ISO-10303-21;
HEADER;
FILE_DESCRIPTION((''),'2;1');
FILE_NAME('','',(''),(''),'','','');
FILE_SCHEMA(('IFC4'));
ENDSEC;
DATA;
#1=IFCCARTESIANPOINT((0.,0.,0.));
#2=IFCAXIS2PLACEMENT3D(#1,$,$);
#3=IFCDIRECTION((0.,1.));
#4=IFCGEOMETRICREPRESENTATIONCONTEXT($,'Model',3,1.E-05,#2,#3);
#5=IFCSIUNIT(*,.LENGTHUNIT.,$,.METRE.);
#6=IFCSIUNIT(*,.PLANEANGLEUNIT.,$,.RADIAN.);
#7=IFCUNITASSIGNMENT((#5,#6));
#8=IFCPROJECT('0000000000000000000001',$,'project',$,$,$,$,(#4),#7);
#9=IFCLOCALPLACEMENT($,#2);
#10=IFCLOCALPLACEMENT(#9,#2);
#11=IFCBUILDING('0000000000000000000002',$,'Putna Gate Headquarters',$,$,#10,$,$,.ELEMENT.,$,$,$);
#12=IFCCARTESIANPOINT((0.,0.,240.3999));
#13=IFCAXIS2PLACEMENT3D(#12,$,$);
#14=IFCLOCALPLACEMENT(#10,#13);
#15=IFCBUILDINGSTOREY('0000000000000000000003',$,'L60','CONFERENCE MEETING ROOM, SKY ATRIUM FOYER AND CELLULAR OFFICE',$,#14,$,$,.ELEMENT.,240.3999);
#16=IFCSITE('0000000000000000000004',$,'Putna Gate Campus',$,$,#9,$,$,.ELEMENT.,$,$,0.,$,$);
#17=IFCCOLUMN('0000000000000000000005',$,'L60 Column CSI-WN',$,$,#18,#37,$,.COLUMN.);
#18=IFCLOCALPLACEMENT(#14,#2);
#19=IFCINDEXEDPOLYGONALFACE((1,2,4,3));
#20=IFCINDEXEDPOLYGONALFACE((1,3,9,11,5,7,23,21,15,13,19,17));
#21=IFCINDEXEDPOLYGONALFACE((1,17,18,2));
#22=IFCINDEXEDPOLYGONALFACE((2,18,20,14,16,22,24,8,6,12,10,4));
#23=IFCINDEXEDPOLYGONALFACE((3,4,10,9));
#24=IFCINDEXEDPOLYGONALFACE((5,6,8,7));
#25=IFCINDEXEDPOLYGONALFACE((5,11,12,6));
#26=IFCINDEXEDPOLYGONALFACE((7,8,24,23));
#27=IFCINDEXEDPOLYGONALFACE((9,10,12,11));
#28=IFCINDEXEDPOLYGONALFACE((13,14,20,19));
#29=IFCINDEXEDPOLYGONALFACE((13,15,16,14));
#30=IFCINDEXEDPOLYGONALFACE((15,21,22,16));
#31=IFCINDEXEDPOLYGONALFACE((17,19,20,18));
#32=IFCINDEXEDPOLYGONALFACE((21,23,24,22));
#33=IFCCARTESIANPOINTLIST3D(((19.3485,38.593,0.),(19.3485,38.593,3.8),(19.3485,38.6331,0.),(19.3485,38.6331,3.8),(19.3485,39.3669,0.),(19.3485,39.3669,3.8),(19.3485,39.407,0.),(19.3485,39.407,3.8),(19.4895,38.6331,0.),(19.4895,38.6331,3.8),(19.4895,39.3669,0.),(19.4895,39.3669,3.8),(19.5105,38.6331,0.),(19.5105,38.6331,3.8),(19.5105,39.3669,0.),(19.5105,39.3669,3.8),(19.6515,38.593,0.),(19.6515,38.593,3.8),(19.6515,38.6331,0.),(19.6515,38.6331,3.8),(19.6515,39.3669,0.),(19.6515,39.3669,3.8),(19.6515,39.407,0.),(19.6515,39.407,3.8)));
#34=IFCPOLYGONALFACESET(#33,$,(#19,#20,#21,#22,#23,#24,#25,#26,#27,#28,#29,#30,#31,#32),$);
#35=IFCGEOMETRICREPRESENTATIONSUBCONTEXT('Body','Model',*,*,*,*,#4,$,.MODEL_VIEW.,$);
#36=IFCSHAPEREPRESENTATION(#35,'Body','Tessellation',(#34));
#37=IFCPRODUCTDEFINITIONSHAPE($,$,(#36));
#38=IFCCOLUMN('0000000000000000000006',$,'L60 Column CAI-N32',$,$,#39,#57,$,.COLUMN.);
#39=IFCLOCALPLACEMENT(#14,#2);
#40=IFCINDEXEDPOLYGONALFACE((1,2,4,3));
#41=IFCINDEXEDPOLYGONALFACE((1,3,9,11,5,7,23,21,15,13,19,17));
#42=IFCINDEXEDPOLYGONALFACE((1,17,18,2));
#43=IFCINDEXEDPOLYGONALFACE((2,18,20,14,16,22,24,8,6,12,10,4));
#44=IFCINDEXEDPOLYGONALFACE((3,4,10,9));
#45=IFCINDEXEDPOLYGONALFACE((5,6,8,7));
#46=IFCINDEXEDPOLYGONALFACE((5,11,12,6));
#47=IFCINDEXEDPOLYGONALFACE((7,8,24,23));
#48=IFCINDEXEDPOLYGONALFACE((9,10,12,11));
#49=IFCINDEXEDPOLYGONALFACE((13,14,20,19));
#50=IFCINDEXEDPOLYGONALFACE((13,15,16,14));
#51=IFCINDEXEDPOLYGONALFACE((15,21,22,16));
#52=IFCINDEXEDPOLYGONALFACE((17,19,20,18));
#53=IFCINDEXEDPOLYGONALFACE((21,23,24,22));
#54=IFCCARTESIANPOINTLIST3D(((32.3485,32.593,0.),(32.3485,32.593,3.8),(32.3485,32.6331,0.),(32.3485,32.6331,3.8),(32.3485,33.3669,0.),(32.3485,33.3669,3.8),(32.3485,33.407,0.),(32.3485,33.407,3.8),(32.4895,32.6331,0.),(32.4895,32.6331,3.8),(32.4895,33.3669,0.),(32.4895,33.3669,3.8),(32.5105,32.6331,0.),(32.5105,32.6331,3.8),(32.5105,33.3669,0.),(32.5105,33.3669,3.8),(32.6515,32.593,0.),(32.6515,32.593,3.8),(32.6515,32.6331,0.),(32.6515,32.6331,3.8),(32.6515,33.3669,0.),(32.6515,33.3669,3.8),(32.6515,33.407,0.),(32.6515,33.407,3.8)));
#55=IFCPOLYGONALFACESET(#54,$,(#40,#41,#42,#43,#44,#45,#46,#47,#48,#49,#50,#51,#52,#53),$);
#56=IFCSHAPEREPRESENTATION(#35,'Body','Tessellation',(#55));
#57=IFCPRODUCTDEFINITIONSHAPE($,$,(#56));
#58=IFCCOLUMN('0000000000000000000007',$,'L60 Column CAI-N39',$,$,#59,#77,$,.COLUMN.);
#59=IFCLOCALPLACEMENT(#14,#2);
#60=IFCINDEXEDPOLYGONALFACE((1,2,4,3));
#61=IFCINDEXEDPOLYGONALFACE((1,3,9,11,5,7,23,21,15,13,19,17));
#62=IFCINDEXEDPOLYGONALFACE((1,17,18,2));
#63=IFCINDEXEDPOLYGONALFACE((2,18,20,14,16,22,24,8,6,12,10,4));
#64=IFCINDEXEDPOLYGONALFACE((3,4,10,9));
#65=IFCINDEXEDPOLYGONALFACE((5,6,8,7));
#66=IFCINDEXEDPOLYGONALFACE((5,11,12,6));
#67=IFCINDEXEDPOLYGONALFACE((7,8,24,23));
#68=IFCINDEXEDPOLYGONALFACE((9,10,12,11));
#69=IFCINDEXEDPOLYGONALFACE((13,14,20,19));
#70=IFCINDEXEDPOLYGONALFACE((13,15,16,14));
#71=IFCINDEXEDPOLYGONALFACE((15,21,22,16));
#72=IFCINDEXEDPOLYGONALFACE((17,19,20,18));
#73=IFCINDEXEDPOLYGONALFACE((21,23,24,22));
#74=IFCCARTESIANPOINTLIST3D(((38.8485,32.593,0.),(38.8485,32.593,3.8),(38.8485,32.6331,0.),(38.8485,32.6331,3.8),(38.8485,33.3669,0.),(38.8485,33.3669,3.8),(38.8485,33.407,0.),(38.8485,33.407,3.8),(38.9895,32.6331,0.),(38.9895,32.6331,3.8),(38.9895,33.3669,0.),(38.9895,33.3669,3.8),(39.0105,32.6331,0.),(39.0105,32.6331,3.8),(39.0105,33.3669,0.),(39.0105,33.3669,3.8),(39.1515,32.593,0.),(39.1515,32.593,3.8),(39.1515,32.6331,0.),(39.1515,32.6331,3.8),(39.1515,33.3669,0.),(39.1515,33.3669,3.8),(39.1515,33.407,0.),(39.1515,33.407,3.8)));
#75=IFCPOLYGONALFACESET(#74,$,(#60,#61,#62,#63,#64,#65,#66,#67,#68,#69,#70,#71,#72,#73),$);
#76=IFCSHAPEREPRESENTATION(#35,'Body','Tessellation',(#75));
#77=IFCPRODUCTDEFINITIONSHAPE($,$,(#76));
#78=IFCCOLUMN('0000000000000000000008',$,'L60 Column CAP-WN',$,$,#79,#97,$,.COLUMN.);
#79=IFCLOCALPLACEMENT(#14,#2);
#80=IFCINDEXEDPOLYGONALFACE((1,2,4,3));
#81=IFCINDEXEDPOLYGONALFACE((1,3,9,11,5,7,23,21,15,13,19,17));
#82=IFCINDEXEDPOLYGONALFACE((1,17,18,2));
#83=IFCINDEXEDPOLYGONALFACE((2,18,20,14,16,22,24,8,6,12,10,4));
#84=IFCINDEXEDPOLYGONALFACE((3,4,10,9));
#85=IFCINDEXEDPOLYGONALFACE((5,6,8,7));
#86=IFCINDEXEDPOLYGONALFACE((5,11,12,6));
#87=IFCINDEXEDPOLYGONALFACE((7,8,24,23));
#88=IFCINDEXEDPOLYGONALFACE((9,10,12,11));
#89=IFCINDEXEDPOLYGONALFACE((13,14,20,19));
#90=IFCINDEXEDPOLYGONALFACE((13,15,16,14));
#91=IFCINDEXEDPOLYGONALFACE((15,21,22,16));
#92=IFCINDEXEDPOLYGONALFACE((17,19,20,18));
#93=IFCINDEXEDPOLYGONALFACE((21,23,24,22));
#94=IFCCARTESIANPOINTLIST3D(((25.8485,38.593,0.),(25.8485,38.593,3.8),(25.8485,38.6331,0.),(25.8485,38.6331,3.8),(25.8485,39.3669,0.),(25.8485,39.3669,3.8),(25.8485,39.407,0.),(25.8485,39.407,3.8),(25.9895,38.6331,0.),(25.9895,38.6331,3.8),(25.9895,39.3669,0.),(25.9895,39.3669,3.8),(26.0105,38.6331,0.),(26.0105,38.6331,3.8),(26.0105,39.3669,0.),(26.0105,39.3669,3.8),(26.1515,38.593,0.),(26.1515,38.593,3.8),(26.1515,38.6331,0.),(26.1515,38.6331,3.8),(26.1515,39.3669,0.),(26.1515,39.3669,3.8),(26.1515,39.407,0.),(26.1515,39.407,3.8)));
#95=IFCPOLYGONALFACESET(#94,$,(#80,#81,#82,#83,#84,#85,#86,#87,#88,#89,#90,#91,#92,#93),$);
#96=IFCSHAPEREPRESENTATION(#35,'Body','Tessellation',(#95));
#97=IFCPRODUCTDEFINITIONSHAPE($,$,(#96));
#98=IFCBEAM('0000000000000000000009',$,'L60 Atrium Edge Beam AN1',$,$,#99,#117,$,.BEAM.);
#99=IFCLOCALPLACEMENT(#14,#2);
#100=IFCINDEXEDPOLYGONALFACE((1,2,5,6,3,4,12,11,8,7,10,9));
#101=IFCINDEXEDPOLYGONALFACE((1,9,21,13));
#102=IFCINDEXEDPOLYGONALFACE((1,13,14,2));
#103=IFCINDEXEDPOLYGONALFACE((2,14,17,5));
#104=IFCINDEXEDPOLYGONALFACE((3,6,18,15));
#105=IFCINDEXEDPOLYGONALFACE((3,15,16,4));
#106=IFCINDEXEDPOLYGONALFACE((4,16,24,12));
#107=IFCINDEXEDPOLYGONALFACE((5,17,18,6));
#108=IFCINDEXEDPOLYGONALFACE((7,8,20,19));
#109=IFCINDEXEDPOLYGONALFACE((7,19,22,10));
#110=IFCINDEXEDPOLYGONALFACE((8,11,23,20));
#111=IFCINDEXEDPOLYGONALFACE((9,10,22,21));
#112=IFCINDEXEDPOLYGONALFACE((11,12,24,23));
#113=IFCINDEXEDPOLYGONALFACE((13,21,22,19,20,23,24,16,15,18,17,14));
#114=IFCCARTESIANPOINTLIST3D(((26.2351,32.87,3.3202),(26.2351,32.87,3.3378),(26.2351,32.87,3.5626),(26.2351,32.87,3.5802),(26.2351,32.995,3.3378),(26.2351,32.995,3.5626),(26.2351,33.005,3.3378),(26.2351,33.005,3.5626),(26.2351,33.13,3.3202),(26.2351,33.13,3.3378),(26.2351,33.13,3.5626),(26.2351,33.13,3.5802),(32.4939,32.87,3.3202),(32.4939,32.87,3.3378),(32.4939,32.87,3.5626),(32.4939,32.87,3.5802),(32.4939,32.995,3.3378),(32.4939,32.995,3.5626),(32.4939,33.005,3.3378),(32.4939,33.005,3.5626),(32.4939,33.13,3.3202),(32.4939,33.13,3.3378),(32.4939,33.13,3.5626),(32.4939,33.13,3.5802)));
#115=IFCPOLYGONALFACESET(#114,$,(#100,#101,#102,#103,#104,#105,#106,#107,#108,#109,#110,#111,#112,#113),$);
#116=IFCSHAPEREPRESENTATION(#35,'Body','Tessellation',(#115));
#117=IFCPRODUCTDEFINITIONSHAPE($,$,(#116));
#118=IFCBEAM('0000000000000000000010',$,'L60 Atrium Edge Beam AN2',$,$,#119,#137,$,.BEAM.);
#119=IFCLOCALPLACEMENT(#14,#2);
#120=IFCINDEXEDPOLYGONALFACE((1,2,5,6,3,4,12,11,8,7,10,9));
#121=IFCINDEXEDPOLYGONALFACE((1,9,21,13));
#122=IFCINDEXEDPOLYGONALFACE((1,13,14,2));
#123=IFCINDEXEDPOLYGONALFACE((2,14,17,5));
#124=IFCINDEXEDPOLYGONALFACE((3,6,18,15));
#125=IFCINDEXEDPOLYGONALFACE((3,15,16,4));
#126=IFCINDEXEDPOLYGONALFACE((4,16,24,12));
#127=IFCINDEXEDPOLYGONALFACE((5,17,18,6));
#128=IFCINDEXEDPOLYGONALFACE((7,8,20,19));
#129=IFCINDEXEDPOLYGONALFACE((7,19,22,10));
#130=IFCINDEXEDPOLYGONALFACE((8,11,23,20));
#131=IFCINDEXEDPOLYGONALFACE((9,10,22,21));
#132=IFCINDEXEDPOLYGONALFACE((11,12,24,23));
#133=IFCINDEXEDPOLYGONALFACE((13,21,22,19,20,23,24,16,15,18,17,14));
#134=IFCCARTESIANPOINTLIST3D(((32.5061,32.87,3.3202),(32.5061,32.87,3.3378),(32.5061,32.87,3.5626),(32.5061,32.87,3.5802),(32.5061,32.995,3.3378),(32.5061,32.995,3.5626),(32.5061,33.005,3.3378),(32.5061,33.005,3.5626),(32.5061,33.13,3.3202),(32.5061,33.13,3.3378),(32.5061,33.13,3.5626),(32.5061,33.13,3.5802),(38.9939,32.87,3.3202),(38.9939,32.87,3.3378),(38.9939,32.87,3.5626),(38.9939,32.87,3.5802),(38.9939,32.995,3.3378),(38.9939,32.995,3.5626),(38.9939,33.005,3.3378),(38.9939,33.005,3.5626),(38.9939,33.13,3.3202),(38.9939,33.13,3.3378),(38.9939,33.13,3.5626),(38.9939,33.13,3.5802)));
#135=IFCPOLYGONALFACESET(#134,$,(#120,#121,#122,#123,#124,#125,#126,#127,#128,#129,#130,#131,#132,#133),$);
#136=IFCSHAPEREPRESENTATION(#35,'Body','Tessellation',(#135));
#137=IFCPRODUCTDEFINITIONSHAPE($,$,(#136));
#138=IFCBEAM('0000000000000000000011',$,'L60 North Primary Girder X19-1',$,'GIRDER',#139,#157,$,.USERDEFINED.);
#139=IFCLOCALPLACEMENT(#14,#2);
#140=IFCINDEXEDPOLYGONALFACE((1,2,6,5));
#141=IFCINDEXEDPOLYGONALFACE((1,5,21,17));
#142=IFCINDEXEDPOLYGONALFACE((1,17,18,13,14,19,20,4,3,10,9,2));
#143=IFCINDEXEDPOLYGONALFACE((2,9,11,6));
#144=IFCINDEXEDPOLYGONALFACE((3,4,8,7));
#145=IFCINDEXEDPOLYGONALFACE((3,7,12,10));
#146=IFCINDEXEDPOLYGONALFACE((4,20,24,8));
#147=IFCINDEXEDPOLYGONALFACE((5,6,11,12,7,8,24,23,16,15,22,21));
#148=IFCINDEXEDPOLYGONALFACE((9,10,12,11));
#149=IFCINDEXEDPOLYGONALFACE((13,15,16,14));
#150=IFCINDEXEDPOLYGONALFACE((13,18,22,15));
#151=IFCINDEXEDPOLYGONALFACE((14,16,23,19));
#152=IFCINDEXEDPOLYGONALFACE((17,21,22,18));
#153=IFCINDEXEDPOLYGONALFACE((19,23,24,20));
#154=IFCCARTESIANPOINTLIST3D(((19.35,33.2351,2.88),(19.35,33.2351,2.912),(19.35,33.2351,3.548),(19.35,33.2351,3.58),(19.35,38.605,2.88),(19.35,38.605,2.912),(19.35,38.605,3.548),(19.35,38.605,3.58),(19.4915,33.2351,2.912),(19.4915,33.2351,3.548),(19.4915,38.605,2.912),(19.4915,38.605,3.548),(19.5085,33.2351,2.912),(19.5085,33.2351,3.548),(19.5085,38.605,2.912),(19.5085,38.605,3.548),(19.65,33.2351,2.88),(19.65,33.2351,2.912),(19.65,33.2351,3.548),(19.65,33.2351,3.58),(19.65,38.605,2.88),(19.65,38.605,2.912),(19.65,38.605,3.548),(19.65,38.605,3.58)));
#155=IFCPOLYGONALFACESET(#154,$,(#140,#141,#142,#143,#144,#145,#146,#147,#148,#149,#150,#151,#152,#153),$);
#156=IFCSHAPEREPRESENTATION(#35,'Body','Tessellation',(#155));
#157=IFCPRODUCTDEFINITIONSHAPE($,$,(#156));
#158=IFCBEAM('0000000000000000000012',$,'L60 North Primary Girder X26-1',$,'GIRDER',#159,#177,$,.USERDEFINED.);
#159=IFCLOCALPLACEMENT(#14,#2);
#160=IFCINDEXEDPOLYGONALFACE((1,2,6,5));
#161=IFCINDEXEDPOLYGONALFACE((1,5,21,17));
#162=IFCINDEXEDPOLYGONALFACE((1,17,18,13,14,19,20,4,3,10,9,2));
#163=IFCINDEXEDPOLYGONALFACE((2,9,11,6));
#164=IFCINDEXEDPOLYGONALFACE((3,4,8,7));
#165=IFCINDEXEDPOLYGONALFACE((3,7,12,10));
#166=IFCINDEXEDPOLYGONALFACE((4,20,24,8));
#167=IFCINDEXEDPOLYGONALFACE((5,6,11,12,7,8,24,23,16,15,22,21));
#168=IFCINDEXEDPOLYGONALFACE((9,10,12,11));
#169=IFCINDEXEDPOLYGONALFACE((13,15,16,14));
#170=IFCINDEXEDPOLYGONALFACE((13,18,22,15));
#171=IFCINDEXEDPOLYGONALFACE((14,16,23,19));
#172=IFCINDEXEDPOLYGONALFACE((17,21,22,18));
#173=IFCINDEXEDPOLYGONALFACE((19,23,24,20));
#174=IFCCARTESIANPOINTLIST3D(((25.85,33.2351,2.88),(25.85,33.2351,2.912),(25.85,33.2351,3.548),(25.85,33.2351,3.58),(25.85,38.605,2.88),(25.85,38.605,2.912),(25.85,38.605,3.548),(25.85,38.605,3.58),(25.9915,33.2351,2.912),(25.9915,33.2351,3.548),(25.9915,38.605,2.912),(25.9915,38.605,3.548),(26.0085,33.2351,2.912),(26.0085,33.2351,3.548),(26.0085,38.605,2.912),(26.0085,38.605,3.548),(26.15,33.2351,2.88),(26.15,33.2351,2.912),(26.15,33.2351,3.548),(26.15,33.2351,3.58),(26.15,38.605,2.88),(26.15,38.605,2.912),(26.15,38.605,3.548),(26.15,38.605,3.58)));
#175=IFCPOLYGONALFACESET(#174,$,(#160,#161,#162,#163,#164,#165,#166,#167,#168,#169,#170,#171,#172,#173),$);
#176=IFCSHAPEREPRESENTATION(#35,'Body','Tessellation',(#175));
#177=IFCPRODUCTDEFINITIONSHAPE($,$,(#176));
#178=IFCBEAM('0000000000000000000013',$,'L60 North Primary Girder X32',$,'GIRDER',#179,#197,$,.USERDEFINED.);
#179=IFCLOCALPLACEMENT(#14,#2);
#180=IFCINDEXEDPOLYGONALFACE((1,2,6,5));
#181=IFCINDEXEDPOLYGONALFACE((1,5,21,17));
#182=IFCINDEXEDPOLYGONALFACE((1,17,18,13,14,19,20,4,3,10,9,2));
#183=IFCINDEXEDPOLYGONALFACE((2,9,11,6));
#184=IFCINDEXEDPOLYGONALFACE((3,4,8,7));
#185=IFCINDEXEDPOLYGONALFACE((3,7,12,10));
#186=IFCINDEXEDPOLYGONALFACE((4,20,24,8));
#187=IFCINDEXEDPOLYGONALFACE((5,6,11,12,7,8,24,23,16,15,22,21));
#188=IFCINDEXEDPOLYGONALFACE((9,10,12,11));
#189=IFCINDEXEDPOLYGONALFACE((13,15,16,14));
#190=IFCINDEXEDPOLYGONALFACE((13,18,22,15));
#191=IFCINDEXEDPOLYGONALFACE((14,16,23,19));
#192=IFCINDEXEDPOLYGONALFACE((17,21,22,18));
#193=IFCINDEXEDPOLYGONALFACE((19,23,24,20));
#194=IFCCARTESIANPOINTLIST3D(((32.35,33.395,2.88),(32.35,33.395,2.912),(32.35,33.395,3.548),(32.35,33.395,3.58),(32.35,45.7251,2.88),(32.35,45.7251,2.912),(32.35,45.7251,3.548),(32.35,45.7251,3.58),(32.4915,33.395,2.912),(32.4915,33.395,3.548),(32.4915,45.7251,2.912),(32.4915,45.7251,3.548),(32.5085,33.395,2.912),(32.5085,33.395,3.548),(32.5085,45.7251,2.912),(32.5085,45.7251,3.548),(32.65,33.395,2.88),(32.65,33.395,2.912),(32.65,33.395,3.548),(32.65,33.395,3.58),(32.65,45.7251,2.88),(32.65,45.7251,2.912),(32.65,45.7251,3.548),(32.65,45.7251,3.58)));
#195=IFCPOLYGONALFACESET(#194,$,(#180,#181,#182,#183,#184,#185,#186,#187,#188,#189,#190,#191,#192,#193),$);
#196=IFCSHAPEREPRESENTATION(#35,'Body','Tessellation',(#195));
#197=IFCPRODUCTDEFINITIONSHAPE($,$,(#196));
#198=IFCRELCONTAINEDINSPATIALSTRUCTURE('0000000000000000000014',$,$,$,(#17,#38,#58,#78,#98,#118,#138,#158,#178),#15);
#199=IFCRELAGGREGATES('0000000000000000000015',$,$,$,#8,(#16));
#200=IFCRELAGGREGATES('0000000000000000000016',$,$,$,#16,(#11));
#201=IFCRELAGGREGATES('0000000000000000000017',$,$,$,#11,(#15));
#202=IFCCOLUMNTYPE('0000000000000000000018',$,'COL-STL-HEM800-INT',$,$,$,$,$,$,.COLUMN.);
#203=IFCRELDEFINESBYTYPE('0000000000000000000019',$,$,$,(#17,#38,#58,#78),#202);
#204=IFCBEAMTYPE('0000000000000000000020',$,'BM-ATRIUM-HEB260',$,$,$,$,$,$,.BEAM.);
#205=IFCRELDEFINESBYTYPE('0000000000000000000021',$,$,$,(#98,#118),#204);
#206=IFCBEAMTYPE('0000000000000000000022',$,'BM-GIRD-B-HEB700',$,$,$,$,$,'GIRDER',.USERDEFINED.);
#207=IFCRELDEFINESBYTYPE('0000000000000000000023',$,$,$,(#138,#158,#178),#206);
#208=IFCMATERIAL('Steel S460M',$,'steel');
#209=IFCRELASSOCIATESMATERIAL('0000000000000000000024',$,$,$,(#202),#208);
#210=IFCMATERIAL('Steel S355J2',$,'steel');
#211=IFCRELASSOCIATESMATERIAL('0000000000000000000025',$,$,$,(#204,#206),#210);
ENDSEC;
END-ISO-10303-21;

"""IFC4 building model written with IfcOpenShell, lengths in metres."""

from ifc_helpers import new_model, si_unit, direction, frame, origin, origin_2d, place, context, subcontext, project, spatial, i_section, extrude, material, material_profile, profile_set, type_object, element, save


model = new_model("IFC4")

# Units and contexts
model_context = context("Model", 3, precision=1e-05, world=origin(), true_north=direction((0.0, 1.0)))
body_context = subcontext(model_context, "Body", "Model", "MODEL_VIEW")
ifc_project = project(units=[si_unit("LENGTHUNIT", "METRE"), si_unit("PLANEANGLEUNIT", "RADIAN")], contexts=[model_context])

# Site, building, storey
site_placement = place(None, origin())
site = spatial("IfcSite", under=ifc_project, at=site_placement, Name="Putna Gate Campus", CompositionType="ELEMENT", RefElevation=0.0)
building_placement = place(site_placement, origin())
building = spatial("IfcBuilding", under=site, at=building_placement, Name="Putna Gate Headquarters", CompositionType="ELEMENT")
storey_placement = place(building_placement, frame((0.0, 0.0, 240.3999)))
storey = spatial("IfcBuildingStorey", under=building, at=storey_placement, Name="L60", Description="CONFERENCE MEETING ROOM, SKY ATRIUM FOYER AND CELLULAR OFFICE", CompositionType="ELEMENT", Elevation=240.3999)

# Columns
ifc_material_1 = material(Name="Steel S460M", Category="steel")
ifc_material_profile_1 = material_profile(ifc_material_1, i_section(OverallWidth=0.303, OverallDepth=0.814, WebThickness=0.021, FlangeThickness=0.04, at=origin_2d()), Name="Steel S460M")
ifc_profile_set_1 = profile_set([ifc_material_profile_1], Name="Steel S460M")
column_type = type_object("IfcColumnType", Name="COL-STL-HEM800-INT", PredefinedType="COLUMN", material=ifc_profile_set_1)
for number, where, z_axis, x_axis, name in (
    (1, (19.5, 39.0, 0.0), (0.0, 0.0, 1.0), (1.0, 0.0, 0.0), "L60 Column CSI-WN"),
    (2, (32.5, 33.0, 0.0), (0.0, 0.0, 1.0), (1.0, 0.0, 0.0), "L60 Column CAI-N32"),
    (3, (39.0, 33.0, 0.0), (0.0, 0.0, 1.0), (1.0, 0.0, 0.0), "L60 Column CAI-N39"),
    (4, (26.0, 39.0, 0.0), (0.0, 0.0, 1.0), (1.0, 0.0, 0.0), "L60 Column CAP-WN"),
):
    element("IfcColumn", number, at=place(storey_placement, frame(where, z_axis=z_axis, x_axis=x_axis)), inside=storey, type_object=column_type, Name=name, PredefinedType="COLUMN", context=body_context, shape_type="SweptSolid", body=[
        extrude(i_section(OverallWidth=0.303, OverallDepth=0.814, WebThickness=0.021, FlangeThickness=0.04, at=origin_2d()), origin(), (0.0, 0.0, 1.0), 3.8),
    ])

# Beams
ifc_material_2 = material(Name="Steel S355J2", Category="steel")
ifc_material_profile_2 = material_profile(ifc_material_2, i_section(OverallWidth=0.26, OverallDepth=0.26, WebThickness=0.01, FlangeThickness=0.0176, at=origin_2d()), Name="Steel S355J2")
ifc_profile_set_2 = profile_set([ifc_material_profile_2], Name="Steel S355J2")
beam_type_1 = type_object("IfcBeamType", Name="BM-ATRIUM-HEB260", PredefinedType="BEAM", material=ifc_profile_set_2)
beam_1_placement = place(storey_placement, frame((26.2351, 33.0, 3.4502), z_axis=(1.0, 0.0, 0.0), x_axis=(0.0, 1.0, 0.0)))
element("IfcBeam", 5, at=beam_1_placement, inside=storey, type_object=beam_type_1, Name="L60 Atrium Edge Beam AN1", PredefinedType="BEAM", context=body_context, shape_type="SweptSolid", body=[
    extrude(i_section(OverallWidth=0.26, OverallDepth=0.26, WebThickness=0.01, FlangeThickness=0.0176, at=origin_2d()), origin(), (0.0, 0.0, 1.0), 6.2588),
])
beam_2_placement = place(storey_placement, frame((32.5061, 33.0, 3.4502), z_axis=(1.0, 0.0, 0.0), x_axis=(0.0, 1.0, 0.0)))
element("IfcBeam", 6, at=beam_2_placement, inside=storey, type_object=beam_type_1, Name="L60 Atrium Edge Beam AN2", PredefinedType="BEAM", context=body_context, shape_type="SweptSolid", body=[
    extrude(i_section(OverallWidth=0.26, OverallDepth=0.26, WebThickness=0.01, FlangeThickness=0.0176, at=origin_2d()), origin(), (0.0, 0.0, 1.0), 6.4878),
])
ifc_material_profile_3 = material_profile(ifc_material_2, i_section(OverallWidth=0.3, OverallDepth=0.7, WebThickness=0.0171, FlangeThickness=0.032, at=origin_2d()), Name="Steel S355J2")
ifc_profile_set_3 = profile_set([ifc_material_profile_3], Name="Steel S355J2")
beam_type_2 = type_object("IfcBeamType", Name="BM-GIRD-B-HEB700", ElementType="GIRDER", PredefinedType="USERDEFINED", material=ifc_profile_set_3)
for number, where, z_axis, x_axis, name in (
    (7, (19.5, 33.2351, 3.23), (0.0, 1.0, 0.0), (-1.0, 0.0, 0.0), "L60 North Primary Girder X19-1"),
    (8, (26.0, 33.2351, 3.23), (0.0, 1.0, 0.0), (-1.0, 0.0, 0.0), "L60 North Primary Girder X26-1"),
):
    element("IfcBeam", number, at=place(storey_placement, frame(where, z_axis=z_axis, x_axis=x_axis)), inside=storey, type_object=beam_type_2, Name=name, ObjectType="GIRDER", PredefinedType="USERDEFINED", context=body_context, shape_type="SweptSolid", body=[
        extrude(i_section(OverallWidth=0.3, OverallDepth=0.7, WebThickness=0.0171, FlangeThickness=0.032, at=origin_2d()), origin(), (0.0, 0.0, 1.0), 5.3699),
    ])
beam_3_placement = place(storey_placement, frame((32.5, 33.395, 3.23), z_axis=(0.0, 1.0, 0.0), x_axis=(-1.0, 0.0, 0.0)))
element("IfcBeam", 9, at=beam_3_placement, inside=storey, type_object=beam_type_2, Name="L60 North Primary Girder X32", ObjectType="GIRDER", PredefinedType="USERDEFINED", context=body_context, shape_type="SweptSolid", body=[
    extrude(i_section(OverallWidth=0.3, OverallDepth=0.7, WebThickness=0.0171, FlangeThickness=0.032, at=origin_2d()), origin(), (0.0, 0.0, 1.0), 12.3301),
])

save(model, "model.ifc")
